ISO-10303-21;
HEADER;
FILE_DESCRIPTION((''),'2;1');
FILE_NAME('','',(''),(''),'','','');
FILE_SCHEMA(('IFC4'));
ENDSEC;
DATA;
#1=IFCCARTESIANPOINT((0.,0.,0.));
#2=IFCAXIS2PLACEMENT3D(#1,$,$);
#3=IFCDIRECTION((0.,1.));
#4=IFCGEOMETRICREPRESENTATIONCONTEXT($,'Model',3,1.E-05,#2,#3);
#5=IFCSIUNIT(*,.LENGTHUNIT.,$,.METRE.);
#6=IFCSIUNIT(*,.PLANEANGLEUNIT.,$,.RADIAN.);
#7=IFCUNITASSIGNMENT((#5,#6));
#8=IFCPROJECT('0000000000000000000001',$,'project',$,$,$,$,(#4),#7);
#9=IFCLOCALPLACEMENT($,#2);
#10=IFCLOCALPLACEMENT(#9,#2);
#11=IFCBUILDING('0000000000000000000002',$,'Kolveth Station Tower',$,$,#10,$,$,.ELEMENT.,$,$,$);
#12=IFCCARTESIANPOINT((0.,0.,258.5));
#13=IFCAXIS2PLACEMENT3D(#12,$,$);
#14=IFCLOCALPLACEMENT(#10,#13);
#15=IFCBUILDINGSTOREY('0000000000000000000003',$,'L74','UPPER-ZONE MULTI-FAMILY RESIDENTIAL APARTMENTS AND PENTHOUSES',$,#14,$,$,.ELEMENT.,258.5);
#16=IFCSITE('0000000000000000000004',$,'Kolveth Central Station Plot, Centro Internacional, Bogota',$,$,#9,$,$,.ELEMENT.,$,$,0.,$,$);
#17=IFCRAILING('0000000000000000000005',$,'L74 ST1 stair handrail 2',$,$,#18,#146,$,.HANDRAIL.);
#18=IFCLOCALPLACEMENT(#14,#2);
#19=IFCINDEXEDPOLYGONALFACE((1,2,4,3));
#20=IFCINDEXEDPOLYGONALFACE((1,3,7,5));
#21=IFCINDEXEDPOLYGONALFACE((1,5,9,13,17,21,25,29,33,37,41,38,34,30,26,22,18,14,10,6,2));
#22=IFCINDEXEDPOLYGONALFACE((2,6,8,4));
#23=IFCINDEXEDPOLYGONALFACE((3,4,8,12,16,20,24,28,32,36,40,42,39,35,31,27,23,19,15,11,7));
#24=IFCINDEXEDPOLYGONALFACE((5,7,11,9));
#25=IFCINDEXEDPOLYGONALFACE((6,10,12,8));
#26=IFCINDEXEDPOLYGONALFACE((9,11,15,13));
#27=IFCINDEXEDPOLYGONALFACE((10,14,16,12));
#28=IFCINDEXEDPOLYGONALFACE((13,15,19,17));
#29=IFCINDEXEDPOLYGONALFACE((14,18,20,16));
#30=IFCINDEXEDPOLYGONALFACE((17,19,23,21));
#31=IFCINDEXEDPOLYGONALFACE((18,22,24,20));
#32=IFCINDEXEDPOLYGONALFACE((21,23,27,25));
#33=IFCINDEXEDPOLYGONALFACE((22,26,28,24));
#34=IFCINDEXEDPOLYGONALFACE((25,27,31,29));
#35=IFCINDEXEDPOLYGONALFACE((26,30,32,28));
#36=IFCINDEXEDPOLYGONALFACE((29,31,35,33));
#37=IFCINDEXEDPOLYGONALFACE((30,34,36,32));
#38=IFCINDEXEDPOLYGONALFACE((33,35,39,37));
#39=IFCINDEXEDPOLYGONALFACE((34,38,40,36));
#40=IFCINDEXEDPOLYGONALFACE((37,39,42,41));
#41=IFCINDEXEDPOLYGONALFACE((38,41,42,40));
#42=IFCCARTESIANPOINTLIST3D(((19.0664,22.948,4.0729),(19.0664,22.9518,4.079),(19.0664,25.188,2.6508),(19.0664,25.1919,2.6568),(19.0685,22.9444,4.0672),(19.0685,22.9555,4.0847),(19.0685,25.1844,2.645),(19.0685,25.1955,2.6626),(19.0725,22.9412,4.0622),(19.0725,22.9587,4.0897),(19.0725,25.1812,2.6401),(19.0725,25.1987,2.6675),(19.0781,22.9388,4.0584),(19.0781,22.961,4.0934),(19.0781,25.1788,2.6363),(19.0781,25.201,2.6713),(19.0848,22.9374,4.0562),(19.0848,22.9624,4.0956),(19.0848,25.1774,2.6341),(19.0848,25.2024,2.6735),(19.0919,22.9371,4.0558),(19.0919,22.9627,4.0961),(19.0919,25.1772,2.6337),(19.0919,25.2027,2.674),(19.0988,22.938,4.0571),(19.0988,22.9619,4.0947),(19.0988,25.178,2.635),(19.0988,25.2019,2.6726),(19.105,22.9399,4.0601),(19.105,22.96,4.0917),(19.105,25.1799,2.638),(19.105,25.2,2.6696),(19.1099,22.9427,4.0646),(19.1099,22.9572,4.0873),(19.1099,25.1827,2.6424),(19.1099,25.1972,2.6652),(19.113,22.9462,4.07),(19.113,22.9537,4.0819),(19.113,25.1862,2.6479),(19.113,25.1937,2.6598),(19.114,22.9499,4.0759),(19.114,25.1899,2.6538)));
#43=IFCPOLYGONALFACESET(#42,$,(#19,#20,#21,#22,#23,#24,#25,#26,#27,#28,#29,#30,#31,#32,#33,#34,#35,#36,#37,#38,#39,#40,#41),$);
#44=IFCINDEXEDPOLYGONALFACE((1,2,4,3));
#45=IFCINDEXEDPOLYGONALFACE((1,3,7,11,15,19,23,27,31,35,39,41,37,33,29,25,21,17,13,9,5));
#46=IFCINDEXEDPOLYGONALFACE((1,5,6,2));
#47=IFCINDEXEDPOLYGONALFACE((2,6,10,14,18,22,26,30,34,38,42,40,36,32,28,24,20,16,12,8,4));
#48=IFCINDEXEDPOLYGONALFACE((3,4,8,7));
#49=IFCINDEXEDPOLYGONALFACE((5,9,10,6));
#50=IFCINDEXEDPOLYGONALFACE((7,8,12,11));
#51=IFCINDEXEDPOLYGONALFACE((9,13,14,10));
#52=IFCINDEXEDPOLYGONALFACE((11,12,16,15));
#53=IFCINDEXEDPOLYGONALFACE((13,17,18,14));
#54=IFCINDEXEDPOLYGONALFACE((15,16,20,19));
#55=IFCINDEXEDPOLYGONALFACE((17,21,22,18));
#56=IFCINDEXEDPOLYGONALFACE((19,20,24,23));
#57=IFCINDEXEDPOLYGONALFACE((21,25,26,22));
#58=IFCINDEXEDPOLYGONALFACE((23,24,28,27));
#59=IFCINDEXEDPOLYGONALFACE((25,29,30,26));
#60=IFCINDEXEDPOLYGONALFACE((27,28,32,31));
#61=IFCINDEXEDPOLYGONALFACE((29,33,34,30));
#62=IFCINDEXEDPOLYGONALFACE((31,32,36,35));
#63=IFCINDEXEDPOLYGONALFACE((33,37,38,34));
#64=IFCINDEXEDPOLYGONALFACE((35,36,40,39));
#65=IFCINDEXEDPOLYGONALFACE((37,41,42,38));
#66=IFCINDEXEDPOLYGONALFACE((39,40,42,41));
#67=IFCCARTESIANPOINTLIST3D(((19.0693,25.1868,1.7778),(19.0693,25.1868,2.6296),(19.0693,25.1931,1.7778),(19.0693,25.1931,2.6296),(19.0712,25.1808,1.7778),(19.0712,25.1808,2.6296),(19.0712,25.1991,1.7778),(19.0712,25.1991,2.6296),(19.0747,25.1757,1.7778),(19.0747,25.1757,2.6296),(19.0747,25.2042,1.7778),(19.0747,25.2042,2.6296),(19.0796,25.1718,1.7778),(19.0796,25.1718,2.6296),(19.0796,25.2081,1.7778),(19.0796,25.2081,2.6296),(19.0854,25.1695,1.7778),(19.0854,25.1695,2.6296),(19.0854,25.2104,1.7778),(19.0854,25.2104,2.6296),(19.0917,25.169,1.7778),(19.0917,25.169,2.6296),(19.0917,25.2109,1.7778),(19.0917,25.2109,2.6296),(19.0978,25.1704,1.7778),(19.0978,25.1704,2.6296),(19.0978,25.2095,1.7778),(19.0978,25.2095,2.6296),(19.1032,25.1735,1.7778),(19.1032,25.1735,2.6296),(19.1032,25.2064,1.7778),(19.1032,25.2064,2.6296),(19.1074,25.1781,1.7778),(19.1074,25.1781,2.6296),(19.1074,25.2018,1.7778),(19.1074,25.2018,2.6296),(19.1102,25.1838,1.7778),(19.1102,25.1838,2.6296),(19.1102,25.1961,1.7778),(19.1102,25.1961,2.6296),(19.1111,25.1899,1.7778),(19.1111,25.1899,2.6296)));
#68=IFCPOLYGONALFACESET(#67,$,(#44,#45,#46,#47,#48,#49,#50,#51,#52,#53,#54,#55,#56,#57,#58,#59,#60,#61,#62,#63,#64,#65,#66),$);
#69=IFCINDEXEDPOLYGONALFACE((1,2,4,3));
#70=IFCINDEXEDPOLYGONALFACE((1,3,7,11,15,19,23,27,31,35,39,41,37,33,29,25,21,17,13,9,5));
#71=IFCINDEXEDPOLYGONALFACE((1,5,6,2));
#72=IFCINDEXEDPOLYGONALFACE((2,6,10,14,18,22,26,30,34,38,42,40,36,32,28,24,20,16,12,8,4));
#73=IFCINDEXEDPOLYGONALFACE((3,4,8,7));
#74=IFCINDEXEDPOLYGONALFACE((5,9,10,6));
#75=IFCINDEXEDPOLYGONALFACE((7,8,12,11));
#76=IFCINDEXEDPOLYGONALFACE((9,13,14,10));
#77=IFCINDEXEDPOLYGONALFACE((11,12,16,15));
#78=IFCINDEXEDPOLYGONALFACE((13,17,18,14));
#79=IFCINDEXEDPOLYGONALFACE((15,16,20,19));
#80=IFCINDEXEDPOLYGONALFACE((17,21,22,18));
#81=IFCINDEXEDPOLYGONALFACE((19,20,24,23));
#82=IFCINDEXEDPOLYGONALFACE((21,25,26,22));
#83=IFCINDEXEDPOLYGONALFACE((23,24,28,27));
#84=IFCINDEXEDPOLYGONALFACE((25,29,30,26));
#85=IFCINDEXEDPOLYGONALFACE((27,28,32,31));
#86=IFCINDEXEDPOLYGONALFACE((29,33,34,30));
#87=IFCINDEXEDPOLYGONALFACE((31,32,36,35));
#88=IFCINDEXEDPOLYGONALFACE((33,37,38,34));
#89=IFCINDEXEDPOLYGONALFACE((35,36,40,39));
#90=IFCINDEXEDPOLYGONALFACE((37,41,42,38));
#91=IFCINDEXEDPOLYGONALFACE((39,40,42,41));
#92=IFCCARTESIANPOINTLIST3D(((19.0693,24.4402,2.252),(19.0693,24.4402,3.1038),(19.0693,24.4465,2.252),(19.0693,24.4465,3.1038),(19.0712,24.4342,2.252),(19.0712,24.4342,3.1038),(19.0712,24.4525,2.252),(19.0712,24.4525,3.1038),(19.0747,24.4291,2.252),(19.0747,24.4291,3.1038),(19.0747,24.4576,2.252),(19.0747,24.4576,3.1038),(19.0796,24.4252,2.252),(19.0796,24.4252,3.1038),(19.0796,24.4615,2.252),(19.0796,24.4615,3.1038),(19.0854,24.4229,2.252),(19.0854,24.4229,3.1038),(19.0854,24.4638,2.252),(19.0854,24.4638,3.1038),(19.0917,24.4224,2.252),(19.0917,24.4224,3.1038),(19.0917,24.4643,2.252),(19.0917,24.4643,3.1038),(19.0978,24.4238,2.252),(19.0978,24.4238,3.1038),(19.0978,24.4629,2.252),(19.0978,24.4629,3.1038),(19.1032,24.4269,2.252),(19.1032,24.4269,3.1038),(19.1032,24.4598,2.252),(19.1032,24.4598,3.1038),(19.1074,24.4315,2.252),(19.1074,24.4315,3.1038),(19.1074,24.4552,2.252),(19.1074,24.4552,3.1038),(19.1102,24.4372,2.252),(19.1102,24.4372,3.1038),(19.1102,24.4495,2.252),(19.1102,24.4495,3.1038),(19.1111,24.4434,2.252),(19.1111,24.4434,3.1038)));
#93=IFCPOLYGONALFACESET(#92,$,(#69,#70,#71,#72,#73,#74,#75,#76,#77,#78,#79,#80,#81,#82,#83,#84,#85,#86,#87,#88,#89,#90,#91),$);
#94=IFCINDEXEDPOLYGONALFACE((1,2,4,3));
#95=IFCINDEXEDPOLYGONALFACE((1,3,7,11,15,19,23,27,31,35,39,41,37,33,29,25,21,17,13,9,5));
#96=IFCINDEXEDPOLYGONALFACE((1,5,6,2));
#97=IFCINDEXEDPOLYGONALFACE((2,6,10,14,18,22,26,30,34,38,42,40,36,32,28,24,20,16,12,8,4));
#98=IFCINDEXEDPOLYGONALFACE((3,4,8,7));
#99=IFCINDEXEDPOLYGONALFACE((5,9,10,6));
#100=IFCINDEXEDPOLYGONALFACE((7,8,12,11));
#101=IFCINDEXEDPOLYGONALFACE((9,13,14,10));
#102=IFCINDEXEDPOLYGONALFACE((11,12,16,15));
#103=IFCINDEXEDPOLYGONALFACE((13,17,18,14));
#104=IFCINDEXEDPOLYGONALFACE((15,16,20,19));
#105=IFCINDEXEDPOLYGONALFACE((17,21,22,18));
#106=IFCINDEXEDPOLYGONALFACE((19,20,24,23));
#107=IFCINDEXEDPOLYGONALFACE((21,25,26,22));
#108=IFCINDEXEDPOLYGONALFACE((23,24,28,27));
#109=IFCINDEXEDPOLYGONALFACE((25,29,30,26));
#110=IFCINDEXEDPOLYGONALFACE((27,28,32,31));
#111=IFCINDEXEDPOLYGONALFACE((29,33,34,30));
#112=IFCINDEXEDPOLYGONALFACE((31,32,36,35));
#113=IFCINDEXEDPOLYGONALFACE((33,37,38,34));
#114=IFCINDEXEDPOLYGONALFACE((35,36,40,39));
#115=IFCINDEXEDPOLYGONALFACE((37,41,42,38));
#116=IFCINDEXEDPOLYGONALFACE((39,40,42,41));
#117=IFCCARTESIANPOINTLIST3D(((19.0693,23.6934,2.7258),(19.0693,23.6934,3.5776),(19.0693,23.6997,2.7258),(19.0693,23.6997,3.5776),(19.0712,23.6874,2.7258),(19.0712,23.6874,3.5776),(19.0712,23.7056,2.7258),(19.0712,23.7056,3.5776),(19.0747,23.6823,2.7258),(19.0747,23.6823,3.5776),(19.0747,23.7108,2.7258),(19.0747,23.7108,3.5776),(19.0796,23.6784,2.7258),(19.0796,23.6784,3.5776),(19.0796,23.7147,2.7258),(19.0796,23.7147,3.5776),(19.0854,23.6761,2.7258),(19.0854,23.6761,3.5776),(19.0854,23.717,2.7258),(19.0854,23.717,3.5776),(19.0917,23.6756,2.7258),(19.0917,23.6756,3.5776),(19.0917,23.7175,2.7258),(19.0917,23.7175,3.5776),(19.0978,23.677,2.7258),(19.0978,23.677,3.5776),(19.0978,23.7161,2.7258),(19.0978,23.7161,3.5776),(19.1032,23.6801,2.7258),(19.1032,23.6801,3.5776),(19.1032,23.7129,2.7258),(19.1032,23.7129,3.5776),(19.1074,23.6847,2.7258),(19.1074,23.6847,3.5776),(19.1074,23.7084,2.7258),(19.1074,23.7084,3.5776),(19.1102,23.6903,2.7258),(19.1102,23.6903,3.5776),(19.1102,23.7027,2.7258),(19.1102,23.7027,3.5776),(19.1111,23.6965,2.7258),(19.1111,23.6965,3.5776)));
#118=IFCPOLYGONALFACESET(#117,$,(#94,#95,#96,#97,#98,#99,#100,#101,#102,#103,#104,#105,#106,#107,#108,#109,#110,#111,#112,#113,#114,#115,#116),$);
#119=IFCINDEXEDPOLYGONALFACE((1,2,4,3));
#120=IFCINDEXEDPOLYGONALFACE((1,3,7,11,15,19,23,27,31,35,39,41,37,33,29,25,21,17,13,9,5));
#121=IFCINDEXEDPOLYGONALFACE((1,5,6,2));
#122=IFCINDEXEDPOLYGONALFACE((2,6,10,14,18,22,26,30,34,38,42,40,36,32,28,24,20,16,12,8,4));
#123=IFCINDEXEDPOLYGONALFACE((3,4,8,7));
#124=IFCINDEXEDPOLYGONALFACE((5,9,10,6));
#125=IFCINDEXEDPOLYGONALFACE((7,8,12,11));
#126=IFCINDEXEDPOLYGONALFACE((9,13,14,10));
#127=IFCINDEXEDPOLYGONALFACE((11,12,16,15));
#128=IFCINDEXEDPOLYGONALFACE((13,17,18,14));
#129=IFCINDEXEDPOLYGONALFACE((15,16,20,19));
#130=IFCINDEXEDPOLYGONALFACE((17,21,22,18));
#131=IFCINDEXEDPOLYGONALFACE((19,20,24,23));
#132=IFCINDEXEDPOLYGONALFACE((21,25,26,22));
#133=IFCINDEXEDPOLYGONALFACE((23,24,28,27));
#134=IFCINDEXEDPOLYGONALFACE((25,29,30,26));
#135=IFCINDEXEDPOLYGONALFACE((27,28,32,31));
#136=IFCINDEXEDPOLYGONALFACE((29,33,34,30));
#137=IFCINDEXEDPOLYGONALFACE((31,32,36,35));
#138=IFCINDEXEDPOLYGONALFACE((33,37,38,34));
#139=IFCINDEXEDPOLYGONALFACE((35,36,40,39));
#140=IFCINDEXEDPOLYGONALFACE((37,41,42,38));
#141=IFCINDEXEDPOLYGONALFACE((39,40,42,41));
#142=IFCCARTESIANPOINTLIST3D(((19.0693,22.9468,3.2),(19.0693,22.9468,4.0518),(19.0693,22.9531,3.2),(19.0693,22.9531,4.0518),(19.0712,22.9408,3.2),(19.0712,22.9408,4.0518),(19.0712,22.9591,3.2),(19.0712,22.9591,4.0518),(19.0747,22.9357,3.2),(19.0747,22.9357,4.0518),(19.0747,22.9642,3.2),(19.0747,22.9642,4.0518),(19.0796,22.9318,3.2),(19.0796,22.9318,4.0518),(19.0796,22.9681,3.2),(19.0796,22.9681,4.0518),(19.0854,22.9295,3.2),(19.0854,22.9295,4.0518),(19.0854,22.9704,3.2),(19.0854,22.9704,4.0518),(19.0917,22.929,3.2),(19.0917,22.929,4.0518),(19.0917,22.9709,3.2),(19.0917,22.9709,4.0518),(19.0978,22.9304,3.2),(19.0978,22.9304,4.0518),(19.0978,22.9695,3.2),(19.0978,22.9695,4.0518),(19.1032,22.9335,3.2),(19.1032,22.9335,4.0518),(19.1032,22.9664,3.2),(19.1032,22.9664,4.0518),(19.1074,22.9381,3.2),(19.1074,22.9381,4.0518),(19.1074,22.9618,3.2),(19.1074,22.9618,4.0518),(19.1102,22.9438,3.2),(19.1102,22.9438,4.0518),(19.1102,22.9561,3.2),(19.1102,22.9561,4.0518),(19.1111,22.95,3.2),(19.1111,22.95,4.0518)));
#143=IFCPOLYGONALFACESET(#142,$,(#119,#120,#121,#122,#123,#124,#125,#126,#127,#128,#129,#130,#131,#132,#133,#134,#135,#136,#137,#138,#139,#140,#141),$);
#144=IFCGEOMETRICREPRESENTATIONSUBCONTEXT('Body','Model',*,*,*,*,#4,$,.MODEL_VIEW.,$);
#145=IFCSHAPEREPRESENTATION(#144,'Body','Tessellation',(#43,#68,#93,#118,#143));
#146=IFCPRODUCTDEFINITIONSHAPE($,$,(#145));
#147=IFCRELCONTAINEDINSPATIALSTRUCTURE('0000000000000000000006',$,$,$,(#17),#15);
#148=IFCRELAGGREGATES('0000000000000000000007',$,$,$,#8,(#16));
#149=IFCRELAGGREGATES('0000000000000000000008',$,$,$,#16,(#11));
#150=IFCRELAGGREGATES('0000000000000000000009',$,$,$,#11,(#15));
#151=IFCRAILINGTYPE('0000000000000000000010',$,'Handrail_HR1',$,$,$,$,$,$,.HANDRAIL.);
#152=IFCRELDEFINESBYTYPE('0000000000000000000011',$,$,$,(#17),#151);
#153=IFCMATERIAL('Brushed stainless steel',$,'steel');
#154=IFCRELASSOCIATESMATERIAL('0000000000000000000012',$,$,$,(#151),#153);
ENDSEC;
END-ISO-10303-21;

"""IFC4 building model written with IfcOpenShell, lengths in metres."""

from ifc_helpers import new_model, si_unit, direction, frame, origin, origin_2d, place, context, subcontext, project, spatial, circle, extrude, material, type_object, element, save


model = new_model("IFC4")

# Units and contexts
model_context = context("Model", 3, precision=1e-05, world=origin(), true_north=direction((0.0, 1.0)))
body_context = subcontext(model_context, "Body", "Model", "MODEL_VIEW")
ifc_project = project(units=[si_unit("LENGTHUNIT", "METRE"), si_unit("PLANEANGLEUNIT", "RADIAN")], contexts=[model_context])

# Site, building, storey
site_placement = place(None, origin())
site = spatial("IfcSite", under=ifc_project, at=site_placement, Name="Kolveth Central Station Plot, Centro Internacional, Bogota", CompositionType="ELEMENT", RefElevation=0.0)
building_placement = place(site_placement, origin())
building = spatial("IfcBuilding", under=site, at=building_placement, Name="Kolveth Station Tower", CompositionType="ELEMENT")
storey_placement = place(building_placement, frame((0.0, 0.0, 258.5)))
storey = spatial("IfcBuildingStorey", under=building, at=storey_placement, Name="L74", Description="UPPER-ZONE MULTI-FAMILY RESIDENTIAL APARTMENTS AND PENTHOUSES", CompositionType="ELEMENT", Elevation=258.5)

# Railing
ifc_material_1 = material(Name="Brushed stainless steel", Category="steel")
railing_type_1 = type_object("IfcRailingType", Name="Handrail_HR1", PredefinedType="HANDRAIL", material=ifc_material_1)
railing_1_placement = place(storey_placement, frame((19.0901, 25.1899, 1.7778)))
element("IfcRailing", 1, at=railing_1_placement, inside=storey, type_object=railing_type_1, Name="L74 ST1 stair handrail 2", PredefinedType="HANDRAIL", context=body_context, shape_type="SweptSolid", body=[
    extrude(circle(Radius=0.0239, at=origin_2d()), frame((0.0, 0.0, 0.876), z_axis=(0.0, -0.844229, 0.535982), x_axis=(1.0, 0.0, 0.0)), (0.0, 0.0, 1.0), 2.6533),
    extrude(circle(Radius=0.021, at=origin_2d()), origin(), (0.0, 0.0, 1.0), 0.8518),
    extrude(circle(Radius=0.021, at=origin_2d()), frame((0.0, -0.7466, 0.4741)), (0.0, 0.0, 1.0), 0.8518),
    extrude(circle(Radius=0.021, at=origin_2d()), frame((0.0, -1.4934, 0.948)), (0.0, 0.0, 1.0), 0.8518),
    extrude(circle(Radius=0.021, at=origin_2d()), frame((0.0, -2.24, 1.4221)), (0.0, 0.0, 1.0), 0.8518),
])

save(model, "model.ifc")
